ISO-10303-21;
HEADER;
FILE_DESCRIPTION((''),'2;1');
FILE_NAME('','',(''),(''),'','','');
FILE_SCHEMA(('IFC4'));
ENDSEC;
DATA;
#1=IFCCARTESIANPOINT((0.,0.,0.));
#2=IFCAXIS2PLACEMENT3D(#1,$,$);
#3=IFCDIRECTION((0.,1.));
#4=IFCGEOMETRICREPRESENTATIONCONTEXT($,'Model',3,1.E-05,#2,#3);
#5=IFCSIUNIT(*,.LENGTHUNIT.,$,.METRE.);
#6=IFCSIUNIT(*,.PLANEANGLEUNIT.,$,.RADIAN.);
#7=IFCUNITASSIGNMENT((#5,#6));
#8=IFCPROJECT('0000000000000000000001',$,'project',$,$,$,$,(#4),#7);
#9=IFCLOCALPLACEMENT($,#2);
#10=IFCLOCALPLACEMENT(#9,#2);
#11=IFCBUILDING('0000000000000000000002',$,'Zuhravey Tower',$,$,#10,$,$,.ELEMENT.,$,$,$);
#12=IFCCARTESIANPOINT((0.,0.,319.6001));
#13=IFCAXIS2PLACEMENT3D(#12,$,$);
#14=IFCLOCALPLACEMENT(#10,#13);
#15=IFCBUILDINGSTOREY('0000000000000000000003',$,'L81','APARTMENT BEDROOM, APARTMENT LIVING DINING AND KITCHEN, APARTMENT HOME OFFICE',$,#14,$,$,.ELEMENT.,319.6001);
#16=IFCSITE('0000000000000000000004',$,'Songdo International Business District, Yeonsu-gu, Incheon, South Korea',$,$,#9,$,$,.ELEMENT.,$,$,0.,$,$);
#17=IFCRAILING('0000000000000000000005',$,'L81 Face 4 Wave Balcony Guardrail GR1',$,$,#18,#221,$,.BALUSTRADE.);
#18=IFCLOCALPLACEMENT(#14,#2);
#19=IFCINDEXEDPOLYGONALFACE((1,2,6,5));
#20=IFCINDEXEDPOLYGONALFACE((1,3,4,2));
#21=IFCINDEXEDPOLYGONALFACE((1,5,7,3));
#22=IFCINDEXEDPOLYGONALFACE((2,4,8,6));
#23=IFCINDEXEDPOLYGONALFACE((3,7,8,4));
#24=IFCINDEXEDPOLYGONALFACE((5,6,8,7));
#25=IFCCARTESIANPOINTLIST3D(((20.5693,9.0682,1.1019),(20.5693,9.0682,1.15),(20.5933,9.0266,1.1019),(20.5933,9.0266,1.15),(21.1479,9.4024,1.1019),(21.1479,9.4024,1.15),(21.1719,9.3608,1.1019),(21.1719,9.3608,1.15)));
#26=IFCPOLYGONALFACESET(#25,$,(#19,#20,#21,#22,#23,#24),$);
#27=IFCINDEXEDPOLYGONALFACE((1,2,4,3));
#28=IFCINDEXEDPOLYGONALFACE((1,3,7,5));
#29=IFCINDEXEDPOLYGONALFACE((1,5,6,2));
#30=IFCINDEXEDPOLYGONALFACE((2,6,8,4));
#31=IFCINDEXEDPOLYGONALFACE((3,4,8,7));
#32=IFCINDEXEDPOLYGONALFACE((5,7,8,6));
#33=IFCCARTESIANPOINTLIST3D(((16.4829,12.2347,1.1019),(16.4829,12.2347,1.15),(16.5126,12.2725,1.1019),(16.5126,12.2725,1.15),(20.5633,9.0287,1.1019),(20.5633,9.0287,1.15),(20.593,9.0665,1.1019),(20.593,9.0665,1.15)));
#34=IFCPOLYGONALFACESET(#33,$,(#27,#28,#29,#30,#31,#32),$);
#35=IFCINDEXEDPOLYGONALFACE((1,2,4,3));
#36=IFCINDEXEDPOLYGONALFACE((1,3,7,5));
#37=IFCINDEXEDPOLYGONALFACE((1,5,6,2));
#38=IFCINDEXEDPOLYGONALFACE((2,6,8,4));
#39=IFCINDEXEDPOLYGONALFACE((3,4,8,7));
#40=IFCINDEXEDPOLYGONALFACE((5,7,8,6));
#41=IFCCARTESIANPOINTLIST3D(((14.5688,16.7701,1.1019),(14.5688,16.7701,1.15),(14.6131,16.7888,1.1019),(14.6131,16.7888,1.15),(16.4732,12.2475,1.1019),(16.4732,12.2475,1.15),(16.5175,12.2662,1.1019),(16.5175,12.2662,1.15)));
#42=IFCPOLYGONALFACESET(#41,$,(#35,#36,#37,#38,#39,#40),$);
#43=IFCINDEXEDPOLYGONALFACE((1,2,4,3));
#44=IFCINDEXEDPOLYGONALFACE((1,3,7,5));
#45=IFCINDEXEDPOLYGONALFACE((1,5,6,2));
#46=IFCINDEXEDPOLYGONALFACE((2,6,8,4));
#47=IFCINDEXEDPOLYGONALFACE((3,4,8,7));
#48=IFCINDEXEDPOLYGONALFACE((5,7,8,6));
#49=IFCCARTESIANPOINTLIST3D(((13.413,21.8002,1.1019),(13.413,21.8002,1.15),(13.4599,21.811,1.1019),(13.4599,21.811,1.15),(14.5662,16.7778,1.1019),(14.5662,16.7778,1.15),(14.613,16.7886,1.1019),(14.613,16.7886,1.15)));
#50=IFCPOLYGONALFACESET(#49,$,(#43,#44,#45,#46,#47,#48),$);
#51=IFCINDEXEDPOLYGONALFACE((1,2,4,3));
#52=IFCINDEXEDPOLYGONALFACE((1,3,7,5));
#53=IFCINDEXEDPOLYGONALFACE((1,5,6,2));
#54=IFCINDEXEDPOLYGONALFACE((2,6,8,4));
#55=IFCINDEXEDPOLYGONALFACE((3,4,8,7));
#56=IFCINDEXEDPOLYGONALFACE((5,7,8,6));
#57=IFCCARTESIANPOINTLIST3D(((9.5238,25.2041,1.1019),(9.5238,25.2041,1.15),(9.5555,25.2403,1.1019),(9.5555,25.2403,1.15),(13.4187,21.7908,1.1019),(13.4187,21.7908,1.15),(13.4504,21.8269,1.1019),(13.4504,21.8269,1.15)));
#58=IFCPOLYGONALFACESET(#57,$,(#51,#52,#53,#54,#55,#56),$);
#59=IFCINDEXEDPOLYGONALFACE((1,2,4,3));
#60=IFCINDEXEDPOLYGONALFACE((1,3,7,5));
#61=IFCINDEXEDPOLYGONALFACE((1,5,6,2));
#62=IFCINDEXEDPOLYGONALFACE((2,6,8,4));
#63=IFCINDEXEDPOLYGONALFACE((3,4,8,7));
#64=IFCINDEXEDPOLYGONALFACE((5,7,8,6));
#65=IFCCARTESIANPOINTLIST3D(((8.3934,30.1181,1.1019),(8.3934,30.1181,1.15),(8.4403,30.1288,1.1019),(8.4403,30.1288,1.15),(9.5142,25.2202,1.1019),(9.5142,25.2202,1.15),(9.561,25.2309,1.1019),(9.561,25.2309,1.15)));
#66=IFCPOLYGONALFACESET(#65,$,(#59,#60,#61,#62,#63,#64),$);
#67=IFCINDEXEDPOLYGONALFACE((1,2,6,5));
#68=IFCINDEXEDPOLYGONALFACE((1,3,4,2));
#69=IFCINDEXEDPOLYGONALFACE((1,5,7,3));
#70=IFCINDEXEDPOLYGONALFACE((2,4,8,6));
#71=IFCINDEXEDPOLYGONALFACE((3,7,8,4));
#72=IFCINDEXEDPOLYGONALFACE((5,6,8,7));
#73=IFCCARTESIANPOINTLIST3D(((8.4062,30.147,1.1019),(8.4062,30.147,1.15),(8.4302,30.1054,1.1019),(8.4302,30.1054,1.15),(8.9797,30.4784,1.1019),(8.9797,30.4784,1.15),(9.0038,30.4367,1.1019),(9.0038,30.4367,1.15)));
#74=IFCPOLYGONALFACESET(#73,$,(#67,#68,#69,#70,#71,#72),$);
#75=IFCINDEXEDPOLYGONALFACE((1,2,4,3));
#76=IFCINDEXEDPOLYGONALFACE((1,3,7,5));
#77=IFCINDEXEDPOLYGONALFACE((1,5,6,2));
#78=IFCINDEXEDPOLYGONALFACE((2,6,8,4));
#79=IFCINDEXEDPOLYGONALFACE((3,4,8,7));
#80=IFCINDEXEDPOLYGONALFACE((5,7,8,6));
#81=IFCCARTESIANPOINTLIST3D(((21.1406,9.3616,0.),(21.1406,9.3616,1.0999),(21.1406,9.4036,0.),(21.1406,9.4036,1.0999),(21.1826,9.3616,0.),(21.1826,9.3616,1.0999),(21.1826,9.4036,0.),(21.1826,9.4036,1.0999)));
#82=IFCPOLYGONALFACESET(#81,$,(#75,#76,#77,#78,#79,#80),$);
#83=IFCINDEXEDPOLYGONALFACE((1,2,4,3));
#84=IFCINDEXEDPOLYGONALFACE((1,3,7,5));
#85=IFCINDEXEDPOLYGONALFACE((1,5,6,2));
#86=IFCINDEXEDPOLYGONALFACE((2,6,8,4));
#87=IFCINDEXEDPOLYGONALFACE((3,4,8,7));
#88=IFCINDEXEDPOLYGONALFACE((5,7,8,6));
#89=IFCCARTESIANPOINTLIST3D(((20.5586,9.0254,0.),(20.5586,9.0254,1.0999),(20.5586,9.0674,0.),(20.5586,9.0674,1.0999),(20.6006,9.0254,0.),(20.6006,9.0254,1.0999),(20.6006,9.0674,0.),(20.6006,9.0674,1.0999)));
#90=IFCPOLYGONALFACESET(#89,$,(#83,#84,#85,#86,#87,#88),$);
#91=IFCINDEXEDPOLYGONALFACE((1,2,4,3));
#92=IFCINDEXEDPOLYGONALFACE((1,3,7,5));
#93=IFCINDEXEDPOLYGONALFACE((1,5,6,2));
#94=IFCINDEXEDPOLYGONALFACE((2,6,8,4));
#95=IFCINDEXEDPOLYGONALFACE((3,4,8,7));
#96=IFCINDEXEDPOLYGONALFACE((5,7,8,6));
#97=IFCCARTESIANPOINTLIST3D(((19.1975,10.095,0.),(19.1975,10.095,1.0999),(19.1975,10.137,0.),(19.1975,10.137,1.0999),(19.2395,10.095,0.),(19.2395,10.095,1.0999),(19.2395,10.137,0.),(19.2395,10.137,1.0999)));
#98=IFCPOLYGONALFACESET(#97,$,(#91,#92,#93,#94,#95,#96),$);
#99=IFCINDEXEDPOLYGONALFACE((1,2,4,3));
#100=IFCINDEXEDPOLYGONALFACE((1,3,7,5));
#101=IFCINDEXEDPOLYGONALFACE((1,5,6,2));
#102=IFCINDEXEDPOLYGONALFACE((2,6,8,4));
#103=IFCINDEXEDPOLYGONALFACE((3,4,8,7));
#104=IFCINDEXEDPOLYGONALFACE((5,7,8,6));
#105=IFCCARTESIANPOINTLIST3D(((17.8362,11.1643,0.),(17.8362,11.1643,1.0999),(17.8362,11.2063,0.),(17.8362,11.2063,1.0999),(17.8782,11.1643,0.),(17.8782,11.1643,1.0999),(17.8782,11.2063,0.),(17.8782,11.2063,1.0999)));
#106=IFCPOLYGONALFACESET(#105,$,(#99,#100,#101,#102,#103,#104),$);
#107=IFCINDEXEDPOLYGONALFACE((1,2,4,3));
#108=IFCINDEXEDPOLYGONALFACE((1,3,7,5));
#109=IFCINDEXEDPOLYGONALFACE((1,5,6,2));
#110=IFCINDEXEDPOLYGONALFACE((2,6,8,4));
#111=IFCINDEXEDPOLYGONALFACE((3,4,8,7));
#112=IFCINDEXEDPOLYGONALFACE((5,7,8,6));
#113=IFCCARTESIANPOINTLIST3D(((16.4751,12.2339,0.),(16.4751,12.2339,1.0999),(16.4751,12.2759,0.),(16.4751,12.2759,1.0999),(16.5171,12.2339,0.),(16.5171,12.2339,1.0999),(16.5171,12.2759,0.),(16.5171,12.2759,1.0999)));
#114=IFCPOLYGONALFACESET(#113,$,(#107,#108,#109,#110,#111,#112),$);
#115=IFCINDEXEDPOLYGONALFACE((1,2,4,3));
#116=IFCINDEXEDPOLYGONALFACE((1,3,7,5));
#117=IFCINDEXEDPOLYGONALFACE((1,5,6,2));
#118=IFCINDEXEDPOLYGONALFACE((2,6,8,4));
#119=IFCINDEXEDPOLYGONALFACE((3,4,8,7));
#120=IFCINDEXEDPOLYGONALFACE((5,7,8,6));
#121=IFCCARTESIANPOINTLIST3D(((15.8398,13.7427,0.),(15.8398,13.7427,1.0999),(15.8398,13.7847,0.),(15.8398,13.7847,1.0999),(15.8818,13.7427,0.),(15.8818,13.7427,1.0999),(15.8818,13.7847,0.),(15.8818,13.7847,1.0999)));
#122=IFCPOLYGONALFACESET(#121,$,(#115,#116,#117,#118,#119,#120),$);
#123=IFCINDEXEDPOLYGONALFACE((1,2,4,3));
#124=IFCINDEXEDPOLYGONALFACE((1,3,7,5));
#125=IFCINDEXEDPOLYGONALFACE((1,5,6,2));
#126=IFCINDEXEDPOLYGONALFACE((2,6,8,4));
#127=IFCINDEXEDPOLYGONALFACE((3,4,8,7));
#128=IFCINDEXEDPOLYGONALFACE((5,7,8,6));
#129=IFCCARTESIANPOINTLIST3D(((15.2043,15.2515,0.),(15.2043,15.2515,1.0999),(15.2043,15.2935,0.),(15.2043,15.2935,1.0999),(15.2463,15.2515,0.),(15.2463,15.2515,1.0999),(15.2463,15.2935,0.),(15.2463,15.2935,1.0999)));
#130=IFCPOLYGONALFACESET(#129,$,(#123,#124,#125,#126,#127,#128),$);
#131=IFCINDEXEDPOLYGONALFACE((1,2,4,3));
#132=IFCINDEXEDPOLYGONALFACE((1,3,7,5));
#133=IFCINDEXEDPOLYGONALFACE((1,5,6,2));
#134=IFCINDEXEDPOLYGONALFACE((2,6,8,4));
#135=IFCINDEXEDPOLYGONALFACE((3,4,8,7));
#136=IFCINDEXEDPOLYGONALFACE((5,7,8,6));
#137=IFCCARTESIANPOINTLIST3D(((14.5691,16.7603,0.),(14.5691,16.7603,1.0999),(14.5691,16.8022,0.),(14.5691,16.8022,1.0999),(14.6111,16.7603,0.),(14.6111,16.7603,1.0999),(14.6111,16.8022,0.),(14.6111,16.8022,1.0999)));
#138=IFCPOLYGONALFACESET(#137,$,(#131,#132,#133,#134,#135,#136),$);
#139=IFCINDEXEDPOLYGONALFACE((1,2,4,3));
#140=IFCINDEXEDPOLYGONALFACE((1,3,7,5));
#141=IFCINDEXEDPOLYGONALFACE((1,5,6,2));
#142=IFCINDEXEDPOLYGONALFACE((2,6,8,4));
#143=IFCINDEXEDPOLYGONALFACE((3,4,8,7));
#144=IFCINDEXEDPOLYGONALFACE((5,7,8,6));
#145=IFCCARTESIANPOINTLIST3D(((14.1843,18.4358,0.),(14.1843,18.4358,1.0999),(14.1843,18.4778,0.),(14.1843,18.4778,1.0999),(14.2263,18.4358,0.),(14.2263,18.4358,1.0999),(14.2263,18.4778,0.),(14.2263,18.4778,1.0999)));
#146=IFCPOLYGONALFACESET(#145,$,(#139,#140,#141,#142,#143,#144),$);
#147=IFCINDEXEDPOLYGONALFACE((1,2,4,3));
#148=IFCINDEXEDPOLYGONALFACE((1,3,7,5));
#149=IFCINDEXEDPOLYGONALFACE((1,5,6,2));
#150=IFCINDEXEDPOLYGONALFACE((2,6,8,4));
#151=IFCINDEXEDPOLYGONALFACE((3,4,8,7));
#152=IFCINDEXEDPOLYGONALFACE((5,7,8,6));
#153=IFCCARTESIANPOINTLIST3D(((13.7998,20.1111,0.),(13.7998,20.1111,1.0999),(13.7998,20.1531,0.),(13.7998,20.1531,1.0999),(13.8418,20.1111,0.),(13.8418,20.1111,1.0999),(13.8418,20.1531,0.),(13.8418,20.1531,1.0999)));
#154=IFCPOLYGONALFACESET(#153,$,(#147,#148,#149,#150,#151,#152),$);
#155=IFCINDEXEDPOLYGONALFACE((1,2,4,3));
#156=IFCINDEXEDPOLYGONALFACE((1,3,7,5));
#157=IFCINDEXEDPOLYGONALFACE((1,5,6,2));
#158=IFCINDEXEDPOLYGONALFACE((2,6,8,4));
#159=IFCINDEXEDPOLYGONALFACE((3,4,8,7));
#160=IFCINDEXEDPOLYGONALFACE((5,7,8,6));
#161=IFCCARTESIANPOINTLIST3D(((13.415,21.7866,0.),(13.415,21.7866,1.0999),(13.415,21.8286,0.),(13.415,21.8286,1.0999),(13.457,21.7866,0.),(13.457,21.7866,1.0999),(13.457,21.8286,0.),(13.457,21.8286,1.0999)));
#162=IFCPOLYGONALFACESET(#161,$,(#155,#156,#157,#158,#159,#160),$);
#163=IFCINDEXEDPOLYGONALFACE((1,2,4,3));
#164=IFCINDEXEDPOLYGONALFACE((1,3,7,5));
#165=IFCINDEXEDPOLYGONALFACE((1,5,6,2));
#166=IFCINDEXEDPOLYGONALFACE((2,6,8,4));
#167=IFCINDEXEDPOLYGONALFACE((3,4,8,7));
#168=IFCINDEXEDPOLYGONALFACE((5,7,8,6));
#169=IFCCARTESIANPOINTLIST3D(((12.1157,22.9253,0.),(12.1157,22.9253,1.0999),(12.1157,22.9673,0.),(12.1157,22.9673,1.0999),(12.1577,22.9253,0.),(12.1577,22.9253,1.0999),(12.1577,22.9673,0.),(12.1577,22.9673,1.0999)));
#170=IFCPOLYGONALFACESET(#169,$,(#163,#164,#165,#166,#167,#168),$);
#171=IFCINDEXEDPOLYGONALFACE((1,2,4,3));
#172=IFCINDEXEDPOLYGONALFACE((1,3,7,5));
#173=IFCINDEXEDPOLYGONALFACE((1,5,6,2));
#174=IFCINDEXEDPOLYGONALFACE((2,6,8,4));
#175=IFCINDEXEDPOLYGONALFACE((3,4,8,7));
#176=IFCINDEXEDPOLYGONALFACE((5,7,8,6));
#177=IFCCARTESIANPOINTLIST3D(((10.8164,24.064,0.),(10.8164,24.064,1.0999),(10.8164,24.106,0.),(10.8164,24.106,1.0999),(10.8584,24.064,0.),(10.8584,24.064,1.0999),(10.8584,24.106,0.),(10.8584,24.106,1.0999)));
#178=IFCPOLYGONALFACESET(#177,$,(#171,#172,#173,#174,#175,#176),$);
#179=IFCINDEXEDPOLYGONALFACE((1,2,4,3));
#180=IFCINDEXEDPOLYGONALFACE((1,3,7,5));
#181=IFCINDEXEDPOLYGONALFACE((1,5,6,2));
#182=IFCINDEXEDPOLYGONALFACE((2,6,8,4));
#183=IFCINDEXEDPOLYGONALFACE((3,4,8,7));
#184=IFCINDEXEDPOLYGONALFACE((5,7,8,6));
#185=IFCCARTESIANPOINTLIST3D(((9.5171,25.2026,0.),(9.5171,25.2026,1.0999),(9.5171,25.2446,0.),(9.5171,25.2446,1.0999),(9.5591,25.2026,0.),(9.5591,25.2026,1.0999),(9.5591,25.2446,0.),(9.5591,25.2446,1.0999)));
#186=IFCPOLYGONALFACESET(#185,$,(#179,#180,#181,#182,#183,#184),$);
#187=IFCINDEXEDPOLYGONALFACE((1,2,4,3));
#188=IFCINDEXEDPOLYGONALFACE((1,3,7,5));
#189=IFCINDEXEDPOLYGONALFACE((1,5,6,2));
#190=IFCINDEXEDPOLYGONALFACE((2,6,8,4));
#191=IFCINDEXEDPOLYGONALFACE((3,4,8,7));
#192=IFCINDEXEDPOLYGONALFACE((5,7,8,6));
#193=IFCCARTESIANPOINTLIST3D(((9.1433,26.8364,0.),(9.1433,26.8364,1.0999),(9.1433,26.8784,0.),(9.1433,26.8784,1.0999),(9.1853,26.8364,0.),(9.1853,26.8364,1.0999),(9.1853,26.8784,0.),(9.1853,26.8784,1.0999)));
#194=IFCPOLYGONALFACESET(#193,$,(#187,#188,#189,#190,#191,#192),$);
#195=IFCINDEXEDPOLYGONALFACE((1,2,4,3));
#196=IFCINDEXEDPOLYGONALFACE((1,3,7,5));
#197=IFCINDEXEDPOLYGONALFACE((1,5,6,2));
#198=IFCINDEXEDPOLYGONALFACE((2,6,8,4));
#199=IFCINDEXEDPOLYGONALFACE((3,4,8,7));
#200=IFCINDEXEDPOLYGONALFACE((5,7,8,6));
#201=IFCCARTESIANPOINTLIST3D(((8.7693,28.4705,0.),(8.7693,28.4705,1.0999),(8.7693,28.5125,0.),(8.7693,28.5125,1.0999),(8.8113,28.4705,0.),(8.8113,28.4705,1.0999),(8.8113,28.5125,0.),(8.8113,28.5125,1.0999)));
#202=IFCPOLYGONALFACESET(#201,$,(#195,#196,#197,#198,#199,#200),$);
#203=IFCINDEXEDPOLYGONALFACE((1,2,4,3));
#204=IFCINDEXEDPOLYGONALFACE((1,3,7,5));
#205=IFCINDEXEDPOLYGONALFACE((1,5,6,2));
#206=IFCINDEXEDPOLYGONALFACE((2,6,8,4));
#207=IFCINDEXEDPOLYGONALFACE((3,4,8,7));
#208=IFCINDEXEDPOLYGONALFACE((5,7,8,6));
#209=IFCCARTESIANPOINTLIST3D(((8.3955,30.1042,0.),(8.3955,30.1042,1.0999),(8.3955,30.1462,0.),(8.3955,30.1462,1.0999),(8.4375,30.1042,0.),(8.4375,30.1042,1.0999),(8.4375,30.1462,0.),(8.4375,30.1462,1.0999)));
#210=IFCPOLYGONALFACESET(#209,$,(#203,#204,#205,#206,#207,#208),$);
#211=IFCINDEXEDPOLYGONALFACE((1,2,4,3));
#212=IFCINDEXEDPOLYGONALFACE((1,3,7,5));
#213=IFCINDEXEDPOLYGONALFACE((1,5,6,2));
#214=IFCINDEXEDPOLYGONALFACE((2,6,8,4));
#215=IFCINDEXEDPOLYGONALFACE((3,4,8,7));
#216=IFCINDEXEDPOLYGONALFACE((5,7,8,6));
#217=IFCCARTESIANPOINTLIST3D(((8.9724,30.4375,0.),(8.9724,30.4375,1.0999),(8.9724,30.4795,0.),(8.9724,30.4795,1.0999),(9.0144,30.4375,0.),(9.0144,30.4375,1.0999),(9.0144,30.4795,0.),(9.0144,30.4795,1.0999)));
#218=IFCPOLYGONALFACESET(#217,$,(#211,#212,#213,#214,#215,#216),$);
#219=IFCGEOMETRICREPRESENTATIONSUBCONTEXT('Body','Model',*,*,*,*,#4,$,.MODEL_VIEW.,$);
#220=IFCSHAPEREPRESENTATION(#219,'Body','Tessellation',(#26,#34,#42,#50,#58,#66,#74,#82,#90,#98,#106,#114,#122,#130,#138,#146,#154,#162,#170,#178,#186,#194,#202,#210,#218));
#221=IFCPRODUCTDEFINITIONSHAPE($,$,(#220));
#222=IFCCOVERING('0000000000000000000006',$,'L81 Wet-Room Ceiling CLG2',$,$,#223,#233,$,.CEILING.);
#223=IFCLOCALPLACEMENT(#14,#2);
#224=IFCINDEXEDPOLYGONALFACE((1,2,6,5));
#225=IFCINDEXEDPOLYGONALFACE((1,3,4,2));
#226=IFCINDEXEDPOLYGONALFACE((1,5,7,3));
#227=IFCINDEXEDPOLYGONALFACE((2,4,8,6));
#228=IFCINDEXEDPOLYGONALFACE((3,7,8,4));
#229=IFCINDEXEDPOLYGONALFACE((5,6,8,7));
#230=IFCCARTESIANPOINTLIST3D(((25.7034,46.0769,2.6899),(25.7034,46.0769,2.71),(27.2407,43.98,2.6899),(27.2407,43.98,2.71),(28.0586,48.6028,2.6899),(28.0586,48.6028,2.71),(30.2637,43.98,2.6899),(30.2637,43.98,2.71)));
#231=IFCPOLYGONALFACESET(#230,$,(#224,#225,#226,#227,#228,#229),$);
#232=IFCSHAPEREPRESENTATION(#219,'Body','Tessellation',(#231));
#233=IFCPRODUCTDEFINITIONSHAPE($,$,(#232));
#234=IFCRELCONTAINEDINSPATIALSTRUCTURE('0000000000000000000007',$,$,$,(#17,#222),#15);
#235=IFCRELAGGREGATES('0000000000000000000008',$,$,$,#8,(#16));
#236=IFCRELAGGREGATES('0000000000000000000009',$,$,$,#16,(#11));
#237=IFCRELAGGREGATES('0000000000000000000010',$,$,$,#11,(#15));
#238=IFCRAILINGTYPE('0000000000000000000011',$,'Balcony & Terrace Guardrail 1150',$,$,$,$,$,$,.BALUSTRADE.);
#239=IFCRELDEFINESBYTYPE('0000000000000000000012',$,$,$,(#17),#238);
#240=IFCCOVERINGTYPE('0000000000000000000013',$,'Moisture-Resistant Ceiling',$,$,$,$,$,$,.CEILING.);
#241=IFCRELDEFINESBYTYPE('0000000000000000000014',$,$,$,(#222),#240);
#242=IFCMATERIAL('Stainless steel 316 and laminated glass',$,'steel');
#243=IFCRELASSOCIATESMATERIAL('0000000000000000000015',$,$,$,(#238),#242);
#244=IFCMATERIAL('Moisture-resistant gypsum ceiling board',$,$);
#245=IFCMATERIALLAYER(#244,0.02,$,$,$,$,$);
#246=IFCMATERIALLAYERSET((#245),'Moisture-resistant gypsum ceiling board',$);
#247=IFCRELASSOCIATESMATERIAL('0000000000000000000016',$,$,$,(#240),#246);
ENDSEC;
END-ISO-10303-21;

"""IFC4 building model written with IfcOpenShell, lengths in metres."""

from ifc_helpers import new_model, si_unit, direction, frame, origin, origin_2d, place, context, subcontext, project, spatial, polyline, rectangle, outline, extrude, material, layer, layer_set, type_object, element, save


model = new_model("IFC4")

# Units and contexts
model_context = context("Model", 3, precision=1e-05, world=origin(), true_north=direction((0.0, 1.0)))
body_context = subcontext(model_context, "Body", "Model", "MODEL_VIEW")
ifc_project = project(units=[si_unit("LENGTHUNIT", "METRE"), si_unit("PLANEANGLEUNIT", "RADIAN")], contexts=[model_context])

# Site, building, storey
site_placement = place(None, origin())
site = spatial("IfcSite", under=ifc_project, at=site_placement, Name="Songdo International Business District, Yeonsu-gu, Incheon, South Korea", CompositionType="ELEMENT", RefElevation=0.0)
building_placement = place(site_placement, origin())
building = spatial("IfcBuilding", under=site, at=building_placement, Name="Zuhravey Tower", CompositionType="ELEMENT")
storey_placement = place(building_placement, frame((0.0, 0.0, 319.6001)))
storey = spatial("IfcBuildingStorey", under=building, at=storey_placement, Name="L81", Description="APARTMENT BEDROOM, APARTMENT LIVING DINING AND KITCHEN, APARTMENT HOME OFFICE", CompositionType="ELEMENT", Elevation=319.6001)

# Railing
ifc_material_1 = material(Name="Stainless steel 316 and laminated glass", Category="steel")
railing_type = type_object("IfcRailingType", Name="Balcony & Terrace Guardrail 1150", PredefinedType="BALUSTRADE", material=ifc_material_1)
railing_placement = place(storey_placement, frame((21.1616, 9.3826, 0.0)))
element("IfcRailing", 1, at=railing_placement, inside=storey, type_object=railing_type, Name="L81 Face 4 Wave Balcony Guardrail GR1", PredefinedType="BALUSTRADE", context=body_context, shape_type="SweptSolid", body=[
    extrude(rectangle(XDim=0.0481, YDim=0.0481, at=origin_2d()), frame((-0.0017, -0.001, 1.126), z_axis=(-0.865931, -0.500163, 0.0), x_axis=(0.500163, -0.865931, 0.0)), (0.0, 0.0, 1.0), 0.6682),
    extrude(rectangle(XDim=0.0481, YDim=0.0481, at=origin_2d()), frame((-0.5835, -0.335, 1.126), z_axis=(-0.786315, 0.617826, 0.0), x_axis=(-0.617826, -0.786315, 0.0)), (0.0, 0.0, 1.0), 5.1892),
    extrude(rectangle(XDim=0.0481, YDim=0.0481, at=origin_2d()), frame((-4.6663, 2.8743, 1.126), z_axis=(-0.388086, 0.921623, 0.0), x_axis=(-0.921623, -0.388086, 0.0)), (0.0, 0.0, 1.0), 4.9072),
    extrude(rectangle(XDim=0.0481, YDim=0.0481, at=origin_2d()), frame((-6.572, 7.4006, 1.126), z_axis=(-0.223777, 0.97464, 0.0), x_axis=(-0.97464, -0.223777, 0.0)), (0.0, 0.0, 1.0), 5.1531),
    extrude(rectangle(XDim=0.0481, YDim=0.0481, at=origin_2d()), frame((-7.7271, 12.4263, 1.126), z_axis=(-0.752069, 0.659085, 0.0), x_axis=(-0.659085, -0.752069, 0.0)), (0.0, 0.0, 1.0), 5.179),
    extrude(rectangle(XDim=0.0481, YDim=0.0481, at=origin_2d()), frame((-11.624, 15.843, 1.126), z_axis=(-0.223054, 0.974806, 0.0), x_axis=(-0.974806, -0.223054, 0.0)), (0.0, 0.0, 1.0), 5.0244),
    extrude(rectangle(XDim=0.0481, YDim=0.0481, at=origin_2d()), frame((-12.7434, 20.7437, 1.126), z_axis=(0.865911, 0.500198, 0.0), x_axis=(-0.500198, 0.865911, 0.0)), (0.0, 0.0, 1.0), 0.6624),
    extrude(rectangle(XDim=0.042, YDim=0.042, at=origin_2d()), origin(), (0.0, 0.0, 1.0), 1.0999),
    extrude(rectangle(XDim=0.042, YDim=0.042, at=origin_2d()), frame((-0.582, -0.3362, 0.0)), (0.0, 0.0, 1.0), 1.0999),
    extrude(rectangle(XDim=0.042, YDim=0.042, at=origin_2d()), frame((-1.9431, 0.7334, 0.0)), (0.0, 0.0, 1.0), 1.0999),
    extrude(rectangle(XDim=0.042, YDim=0.042, at=origin_2d()), frame((-3.3044, 1.8027, 0.0)), (0.0, 0.0, 1.0), 1.0999),
    extrude(rectangle(XDim=0.042, YDim=0.042, at=origin_2d()), frame((-4.6655, 2.8723, 0.0)), (0.0, 0.0, 1.0), 1.0999),
    extrude(rectangle(XDim=0.042, YDim=0.042, at=origin_2d()), frame((-5.3008, 4.3811, 0.0)), (0.0, 0.0, 1.0), 1.0999),
    extrude(rectangle(XDim=0.042, YDim=0.042, at=origin_2d()), frame((-5.9363, 5.8899, 0.0)), (0.0, 0.0, 1.0), 1.0999),
    extrude(rectangle(XDim=0.042, YDim=0.042, at=origin_2d()), frame((-6.5715, 7.3987, 0.0)), (0.0, 0.0, 1.0), 1.0999),
    extrude(rectangle(XDim=0.042, YDim=0.042, at=origin_2d()), frame((-6.9563, 9.0742, 0.0)), (0.0, 0.0, 1.0), 1.0999),
    extrude(rectangle(XDim=0.042, YDim=0.042, at=origin_2d()), frame((-7.3408, 10.7495, 0.0)), (0.0, 0.0, 1.0), 1.0999),
    extrude(rectangle(XDim=0.042, YDim=0.042, at=origin_2d()), frame((-7.7256, 12.425, 0.0)), (0.0, 0.0, 1.0), 1.0999),
    extrude(rectangle(XDim=0.042, YDim=0.042, at=origin_2d()), frame((-9.0249, 13.5637, 0.0)), (0.0, 0.0, 1.0), 1.0999),
    extrude(rectangle(XDim=0.042, YDim=0.042, at=origin_2d()), frame((-10.3242, 14.7024, 0.0)), (0.0, 0.0, 1.0), 1.0999),
    extrude(rectangle(XDim=0.042, YDim=0.042, at=origin_2d()), frame((-11.6235, 15.8411, 0.0)), (0.0, 0.0, 1.0), 1.0999),
    extrude(rectangle(XDim=0.042, YDim=0.042, at=origin_2d()), frame((-11.9973, 17.4749, 0.0)), (0.0, 0.0, 1.0), 1.0999),
    extrude(rectangle(XDim=0.042, YDim=0.042, at=origin_2d()), frame((-12.3713, 19.1089, 0.0)), (0.0, 0.0, 1.0), 1.0999),
    extrude(rectangle(XDim=0.042, YDim=0.042, at=origin_2d()), frame((-12.7451, 20.7427, 0.0)), (0.0, 0.0, 1.0), 1.0999),
    extrude(rectangle(XDim=0.042, YDim=0.042, at=origin_2d()), frame((-12.1682, 21.0759, 0.0)), (0.0, 0.0, 1.0), 1.0999),
])

# Covering
ifc_material_2 = material(Name="Moisture-resistant gypsum ceiling board")
ifc_layer_1 = layer(ifc_material_2, 0.02)
ifc_layer_set_1 = layer_set([ifc_layer_1], Name="Moisture-resistant gypsum ceiling board")
covering_type_1 = type_object("IfcCoveringType", Name="Moisture-Resistant Ceiling", PredefinedType="CEILING", material=ifc_layer_set_1)
covering_1_placement = place(storey_placement, frame((0.0, 0.0, 2.6899)))
element("IfcCovering", 2, at=covering_1_placement, inside=storey, type_object=covering_type_1, Name="L81 Wet-Room Ceiling CLG2", PredefinedType="CEILING", context=body_context, shape_type="SweptSolid", body=[
    extrude(outline(polyline([(30.2637, 43.98), (27.2407, 43.98), (25.7034, 46.0769), (28.0586, 48.6028), (30.2637, 43.98)])), origin(), (0.0, 0.0, 1.0), 0.02),
])

save(model, "model.ifc")
